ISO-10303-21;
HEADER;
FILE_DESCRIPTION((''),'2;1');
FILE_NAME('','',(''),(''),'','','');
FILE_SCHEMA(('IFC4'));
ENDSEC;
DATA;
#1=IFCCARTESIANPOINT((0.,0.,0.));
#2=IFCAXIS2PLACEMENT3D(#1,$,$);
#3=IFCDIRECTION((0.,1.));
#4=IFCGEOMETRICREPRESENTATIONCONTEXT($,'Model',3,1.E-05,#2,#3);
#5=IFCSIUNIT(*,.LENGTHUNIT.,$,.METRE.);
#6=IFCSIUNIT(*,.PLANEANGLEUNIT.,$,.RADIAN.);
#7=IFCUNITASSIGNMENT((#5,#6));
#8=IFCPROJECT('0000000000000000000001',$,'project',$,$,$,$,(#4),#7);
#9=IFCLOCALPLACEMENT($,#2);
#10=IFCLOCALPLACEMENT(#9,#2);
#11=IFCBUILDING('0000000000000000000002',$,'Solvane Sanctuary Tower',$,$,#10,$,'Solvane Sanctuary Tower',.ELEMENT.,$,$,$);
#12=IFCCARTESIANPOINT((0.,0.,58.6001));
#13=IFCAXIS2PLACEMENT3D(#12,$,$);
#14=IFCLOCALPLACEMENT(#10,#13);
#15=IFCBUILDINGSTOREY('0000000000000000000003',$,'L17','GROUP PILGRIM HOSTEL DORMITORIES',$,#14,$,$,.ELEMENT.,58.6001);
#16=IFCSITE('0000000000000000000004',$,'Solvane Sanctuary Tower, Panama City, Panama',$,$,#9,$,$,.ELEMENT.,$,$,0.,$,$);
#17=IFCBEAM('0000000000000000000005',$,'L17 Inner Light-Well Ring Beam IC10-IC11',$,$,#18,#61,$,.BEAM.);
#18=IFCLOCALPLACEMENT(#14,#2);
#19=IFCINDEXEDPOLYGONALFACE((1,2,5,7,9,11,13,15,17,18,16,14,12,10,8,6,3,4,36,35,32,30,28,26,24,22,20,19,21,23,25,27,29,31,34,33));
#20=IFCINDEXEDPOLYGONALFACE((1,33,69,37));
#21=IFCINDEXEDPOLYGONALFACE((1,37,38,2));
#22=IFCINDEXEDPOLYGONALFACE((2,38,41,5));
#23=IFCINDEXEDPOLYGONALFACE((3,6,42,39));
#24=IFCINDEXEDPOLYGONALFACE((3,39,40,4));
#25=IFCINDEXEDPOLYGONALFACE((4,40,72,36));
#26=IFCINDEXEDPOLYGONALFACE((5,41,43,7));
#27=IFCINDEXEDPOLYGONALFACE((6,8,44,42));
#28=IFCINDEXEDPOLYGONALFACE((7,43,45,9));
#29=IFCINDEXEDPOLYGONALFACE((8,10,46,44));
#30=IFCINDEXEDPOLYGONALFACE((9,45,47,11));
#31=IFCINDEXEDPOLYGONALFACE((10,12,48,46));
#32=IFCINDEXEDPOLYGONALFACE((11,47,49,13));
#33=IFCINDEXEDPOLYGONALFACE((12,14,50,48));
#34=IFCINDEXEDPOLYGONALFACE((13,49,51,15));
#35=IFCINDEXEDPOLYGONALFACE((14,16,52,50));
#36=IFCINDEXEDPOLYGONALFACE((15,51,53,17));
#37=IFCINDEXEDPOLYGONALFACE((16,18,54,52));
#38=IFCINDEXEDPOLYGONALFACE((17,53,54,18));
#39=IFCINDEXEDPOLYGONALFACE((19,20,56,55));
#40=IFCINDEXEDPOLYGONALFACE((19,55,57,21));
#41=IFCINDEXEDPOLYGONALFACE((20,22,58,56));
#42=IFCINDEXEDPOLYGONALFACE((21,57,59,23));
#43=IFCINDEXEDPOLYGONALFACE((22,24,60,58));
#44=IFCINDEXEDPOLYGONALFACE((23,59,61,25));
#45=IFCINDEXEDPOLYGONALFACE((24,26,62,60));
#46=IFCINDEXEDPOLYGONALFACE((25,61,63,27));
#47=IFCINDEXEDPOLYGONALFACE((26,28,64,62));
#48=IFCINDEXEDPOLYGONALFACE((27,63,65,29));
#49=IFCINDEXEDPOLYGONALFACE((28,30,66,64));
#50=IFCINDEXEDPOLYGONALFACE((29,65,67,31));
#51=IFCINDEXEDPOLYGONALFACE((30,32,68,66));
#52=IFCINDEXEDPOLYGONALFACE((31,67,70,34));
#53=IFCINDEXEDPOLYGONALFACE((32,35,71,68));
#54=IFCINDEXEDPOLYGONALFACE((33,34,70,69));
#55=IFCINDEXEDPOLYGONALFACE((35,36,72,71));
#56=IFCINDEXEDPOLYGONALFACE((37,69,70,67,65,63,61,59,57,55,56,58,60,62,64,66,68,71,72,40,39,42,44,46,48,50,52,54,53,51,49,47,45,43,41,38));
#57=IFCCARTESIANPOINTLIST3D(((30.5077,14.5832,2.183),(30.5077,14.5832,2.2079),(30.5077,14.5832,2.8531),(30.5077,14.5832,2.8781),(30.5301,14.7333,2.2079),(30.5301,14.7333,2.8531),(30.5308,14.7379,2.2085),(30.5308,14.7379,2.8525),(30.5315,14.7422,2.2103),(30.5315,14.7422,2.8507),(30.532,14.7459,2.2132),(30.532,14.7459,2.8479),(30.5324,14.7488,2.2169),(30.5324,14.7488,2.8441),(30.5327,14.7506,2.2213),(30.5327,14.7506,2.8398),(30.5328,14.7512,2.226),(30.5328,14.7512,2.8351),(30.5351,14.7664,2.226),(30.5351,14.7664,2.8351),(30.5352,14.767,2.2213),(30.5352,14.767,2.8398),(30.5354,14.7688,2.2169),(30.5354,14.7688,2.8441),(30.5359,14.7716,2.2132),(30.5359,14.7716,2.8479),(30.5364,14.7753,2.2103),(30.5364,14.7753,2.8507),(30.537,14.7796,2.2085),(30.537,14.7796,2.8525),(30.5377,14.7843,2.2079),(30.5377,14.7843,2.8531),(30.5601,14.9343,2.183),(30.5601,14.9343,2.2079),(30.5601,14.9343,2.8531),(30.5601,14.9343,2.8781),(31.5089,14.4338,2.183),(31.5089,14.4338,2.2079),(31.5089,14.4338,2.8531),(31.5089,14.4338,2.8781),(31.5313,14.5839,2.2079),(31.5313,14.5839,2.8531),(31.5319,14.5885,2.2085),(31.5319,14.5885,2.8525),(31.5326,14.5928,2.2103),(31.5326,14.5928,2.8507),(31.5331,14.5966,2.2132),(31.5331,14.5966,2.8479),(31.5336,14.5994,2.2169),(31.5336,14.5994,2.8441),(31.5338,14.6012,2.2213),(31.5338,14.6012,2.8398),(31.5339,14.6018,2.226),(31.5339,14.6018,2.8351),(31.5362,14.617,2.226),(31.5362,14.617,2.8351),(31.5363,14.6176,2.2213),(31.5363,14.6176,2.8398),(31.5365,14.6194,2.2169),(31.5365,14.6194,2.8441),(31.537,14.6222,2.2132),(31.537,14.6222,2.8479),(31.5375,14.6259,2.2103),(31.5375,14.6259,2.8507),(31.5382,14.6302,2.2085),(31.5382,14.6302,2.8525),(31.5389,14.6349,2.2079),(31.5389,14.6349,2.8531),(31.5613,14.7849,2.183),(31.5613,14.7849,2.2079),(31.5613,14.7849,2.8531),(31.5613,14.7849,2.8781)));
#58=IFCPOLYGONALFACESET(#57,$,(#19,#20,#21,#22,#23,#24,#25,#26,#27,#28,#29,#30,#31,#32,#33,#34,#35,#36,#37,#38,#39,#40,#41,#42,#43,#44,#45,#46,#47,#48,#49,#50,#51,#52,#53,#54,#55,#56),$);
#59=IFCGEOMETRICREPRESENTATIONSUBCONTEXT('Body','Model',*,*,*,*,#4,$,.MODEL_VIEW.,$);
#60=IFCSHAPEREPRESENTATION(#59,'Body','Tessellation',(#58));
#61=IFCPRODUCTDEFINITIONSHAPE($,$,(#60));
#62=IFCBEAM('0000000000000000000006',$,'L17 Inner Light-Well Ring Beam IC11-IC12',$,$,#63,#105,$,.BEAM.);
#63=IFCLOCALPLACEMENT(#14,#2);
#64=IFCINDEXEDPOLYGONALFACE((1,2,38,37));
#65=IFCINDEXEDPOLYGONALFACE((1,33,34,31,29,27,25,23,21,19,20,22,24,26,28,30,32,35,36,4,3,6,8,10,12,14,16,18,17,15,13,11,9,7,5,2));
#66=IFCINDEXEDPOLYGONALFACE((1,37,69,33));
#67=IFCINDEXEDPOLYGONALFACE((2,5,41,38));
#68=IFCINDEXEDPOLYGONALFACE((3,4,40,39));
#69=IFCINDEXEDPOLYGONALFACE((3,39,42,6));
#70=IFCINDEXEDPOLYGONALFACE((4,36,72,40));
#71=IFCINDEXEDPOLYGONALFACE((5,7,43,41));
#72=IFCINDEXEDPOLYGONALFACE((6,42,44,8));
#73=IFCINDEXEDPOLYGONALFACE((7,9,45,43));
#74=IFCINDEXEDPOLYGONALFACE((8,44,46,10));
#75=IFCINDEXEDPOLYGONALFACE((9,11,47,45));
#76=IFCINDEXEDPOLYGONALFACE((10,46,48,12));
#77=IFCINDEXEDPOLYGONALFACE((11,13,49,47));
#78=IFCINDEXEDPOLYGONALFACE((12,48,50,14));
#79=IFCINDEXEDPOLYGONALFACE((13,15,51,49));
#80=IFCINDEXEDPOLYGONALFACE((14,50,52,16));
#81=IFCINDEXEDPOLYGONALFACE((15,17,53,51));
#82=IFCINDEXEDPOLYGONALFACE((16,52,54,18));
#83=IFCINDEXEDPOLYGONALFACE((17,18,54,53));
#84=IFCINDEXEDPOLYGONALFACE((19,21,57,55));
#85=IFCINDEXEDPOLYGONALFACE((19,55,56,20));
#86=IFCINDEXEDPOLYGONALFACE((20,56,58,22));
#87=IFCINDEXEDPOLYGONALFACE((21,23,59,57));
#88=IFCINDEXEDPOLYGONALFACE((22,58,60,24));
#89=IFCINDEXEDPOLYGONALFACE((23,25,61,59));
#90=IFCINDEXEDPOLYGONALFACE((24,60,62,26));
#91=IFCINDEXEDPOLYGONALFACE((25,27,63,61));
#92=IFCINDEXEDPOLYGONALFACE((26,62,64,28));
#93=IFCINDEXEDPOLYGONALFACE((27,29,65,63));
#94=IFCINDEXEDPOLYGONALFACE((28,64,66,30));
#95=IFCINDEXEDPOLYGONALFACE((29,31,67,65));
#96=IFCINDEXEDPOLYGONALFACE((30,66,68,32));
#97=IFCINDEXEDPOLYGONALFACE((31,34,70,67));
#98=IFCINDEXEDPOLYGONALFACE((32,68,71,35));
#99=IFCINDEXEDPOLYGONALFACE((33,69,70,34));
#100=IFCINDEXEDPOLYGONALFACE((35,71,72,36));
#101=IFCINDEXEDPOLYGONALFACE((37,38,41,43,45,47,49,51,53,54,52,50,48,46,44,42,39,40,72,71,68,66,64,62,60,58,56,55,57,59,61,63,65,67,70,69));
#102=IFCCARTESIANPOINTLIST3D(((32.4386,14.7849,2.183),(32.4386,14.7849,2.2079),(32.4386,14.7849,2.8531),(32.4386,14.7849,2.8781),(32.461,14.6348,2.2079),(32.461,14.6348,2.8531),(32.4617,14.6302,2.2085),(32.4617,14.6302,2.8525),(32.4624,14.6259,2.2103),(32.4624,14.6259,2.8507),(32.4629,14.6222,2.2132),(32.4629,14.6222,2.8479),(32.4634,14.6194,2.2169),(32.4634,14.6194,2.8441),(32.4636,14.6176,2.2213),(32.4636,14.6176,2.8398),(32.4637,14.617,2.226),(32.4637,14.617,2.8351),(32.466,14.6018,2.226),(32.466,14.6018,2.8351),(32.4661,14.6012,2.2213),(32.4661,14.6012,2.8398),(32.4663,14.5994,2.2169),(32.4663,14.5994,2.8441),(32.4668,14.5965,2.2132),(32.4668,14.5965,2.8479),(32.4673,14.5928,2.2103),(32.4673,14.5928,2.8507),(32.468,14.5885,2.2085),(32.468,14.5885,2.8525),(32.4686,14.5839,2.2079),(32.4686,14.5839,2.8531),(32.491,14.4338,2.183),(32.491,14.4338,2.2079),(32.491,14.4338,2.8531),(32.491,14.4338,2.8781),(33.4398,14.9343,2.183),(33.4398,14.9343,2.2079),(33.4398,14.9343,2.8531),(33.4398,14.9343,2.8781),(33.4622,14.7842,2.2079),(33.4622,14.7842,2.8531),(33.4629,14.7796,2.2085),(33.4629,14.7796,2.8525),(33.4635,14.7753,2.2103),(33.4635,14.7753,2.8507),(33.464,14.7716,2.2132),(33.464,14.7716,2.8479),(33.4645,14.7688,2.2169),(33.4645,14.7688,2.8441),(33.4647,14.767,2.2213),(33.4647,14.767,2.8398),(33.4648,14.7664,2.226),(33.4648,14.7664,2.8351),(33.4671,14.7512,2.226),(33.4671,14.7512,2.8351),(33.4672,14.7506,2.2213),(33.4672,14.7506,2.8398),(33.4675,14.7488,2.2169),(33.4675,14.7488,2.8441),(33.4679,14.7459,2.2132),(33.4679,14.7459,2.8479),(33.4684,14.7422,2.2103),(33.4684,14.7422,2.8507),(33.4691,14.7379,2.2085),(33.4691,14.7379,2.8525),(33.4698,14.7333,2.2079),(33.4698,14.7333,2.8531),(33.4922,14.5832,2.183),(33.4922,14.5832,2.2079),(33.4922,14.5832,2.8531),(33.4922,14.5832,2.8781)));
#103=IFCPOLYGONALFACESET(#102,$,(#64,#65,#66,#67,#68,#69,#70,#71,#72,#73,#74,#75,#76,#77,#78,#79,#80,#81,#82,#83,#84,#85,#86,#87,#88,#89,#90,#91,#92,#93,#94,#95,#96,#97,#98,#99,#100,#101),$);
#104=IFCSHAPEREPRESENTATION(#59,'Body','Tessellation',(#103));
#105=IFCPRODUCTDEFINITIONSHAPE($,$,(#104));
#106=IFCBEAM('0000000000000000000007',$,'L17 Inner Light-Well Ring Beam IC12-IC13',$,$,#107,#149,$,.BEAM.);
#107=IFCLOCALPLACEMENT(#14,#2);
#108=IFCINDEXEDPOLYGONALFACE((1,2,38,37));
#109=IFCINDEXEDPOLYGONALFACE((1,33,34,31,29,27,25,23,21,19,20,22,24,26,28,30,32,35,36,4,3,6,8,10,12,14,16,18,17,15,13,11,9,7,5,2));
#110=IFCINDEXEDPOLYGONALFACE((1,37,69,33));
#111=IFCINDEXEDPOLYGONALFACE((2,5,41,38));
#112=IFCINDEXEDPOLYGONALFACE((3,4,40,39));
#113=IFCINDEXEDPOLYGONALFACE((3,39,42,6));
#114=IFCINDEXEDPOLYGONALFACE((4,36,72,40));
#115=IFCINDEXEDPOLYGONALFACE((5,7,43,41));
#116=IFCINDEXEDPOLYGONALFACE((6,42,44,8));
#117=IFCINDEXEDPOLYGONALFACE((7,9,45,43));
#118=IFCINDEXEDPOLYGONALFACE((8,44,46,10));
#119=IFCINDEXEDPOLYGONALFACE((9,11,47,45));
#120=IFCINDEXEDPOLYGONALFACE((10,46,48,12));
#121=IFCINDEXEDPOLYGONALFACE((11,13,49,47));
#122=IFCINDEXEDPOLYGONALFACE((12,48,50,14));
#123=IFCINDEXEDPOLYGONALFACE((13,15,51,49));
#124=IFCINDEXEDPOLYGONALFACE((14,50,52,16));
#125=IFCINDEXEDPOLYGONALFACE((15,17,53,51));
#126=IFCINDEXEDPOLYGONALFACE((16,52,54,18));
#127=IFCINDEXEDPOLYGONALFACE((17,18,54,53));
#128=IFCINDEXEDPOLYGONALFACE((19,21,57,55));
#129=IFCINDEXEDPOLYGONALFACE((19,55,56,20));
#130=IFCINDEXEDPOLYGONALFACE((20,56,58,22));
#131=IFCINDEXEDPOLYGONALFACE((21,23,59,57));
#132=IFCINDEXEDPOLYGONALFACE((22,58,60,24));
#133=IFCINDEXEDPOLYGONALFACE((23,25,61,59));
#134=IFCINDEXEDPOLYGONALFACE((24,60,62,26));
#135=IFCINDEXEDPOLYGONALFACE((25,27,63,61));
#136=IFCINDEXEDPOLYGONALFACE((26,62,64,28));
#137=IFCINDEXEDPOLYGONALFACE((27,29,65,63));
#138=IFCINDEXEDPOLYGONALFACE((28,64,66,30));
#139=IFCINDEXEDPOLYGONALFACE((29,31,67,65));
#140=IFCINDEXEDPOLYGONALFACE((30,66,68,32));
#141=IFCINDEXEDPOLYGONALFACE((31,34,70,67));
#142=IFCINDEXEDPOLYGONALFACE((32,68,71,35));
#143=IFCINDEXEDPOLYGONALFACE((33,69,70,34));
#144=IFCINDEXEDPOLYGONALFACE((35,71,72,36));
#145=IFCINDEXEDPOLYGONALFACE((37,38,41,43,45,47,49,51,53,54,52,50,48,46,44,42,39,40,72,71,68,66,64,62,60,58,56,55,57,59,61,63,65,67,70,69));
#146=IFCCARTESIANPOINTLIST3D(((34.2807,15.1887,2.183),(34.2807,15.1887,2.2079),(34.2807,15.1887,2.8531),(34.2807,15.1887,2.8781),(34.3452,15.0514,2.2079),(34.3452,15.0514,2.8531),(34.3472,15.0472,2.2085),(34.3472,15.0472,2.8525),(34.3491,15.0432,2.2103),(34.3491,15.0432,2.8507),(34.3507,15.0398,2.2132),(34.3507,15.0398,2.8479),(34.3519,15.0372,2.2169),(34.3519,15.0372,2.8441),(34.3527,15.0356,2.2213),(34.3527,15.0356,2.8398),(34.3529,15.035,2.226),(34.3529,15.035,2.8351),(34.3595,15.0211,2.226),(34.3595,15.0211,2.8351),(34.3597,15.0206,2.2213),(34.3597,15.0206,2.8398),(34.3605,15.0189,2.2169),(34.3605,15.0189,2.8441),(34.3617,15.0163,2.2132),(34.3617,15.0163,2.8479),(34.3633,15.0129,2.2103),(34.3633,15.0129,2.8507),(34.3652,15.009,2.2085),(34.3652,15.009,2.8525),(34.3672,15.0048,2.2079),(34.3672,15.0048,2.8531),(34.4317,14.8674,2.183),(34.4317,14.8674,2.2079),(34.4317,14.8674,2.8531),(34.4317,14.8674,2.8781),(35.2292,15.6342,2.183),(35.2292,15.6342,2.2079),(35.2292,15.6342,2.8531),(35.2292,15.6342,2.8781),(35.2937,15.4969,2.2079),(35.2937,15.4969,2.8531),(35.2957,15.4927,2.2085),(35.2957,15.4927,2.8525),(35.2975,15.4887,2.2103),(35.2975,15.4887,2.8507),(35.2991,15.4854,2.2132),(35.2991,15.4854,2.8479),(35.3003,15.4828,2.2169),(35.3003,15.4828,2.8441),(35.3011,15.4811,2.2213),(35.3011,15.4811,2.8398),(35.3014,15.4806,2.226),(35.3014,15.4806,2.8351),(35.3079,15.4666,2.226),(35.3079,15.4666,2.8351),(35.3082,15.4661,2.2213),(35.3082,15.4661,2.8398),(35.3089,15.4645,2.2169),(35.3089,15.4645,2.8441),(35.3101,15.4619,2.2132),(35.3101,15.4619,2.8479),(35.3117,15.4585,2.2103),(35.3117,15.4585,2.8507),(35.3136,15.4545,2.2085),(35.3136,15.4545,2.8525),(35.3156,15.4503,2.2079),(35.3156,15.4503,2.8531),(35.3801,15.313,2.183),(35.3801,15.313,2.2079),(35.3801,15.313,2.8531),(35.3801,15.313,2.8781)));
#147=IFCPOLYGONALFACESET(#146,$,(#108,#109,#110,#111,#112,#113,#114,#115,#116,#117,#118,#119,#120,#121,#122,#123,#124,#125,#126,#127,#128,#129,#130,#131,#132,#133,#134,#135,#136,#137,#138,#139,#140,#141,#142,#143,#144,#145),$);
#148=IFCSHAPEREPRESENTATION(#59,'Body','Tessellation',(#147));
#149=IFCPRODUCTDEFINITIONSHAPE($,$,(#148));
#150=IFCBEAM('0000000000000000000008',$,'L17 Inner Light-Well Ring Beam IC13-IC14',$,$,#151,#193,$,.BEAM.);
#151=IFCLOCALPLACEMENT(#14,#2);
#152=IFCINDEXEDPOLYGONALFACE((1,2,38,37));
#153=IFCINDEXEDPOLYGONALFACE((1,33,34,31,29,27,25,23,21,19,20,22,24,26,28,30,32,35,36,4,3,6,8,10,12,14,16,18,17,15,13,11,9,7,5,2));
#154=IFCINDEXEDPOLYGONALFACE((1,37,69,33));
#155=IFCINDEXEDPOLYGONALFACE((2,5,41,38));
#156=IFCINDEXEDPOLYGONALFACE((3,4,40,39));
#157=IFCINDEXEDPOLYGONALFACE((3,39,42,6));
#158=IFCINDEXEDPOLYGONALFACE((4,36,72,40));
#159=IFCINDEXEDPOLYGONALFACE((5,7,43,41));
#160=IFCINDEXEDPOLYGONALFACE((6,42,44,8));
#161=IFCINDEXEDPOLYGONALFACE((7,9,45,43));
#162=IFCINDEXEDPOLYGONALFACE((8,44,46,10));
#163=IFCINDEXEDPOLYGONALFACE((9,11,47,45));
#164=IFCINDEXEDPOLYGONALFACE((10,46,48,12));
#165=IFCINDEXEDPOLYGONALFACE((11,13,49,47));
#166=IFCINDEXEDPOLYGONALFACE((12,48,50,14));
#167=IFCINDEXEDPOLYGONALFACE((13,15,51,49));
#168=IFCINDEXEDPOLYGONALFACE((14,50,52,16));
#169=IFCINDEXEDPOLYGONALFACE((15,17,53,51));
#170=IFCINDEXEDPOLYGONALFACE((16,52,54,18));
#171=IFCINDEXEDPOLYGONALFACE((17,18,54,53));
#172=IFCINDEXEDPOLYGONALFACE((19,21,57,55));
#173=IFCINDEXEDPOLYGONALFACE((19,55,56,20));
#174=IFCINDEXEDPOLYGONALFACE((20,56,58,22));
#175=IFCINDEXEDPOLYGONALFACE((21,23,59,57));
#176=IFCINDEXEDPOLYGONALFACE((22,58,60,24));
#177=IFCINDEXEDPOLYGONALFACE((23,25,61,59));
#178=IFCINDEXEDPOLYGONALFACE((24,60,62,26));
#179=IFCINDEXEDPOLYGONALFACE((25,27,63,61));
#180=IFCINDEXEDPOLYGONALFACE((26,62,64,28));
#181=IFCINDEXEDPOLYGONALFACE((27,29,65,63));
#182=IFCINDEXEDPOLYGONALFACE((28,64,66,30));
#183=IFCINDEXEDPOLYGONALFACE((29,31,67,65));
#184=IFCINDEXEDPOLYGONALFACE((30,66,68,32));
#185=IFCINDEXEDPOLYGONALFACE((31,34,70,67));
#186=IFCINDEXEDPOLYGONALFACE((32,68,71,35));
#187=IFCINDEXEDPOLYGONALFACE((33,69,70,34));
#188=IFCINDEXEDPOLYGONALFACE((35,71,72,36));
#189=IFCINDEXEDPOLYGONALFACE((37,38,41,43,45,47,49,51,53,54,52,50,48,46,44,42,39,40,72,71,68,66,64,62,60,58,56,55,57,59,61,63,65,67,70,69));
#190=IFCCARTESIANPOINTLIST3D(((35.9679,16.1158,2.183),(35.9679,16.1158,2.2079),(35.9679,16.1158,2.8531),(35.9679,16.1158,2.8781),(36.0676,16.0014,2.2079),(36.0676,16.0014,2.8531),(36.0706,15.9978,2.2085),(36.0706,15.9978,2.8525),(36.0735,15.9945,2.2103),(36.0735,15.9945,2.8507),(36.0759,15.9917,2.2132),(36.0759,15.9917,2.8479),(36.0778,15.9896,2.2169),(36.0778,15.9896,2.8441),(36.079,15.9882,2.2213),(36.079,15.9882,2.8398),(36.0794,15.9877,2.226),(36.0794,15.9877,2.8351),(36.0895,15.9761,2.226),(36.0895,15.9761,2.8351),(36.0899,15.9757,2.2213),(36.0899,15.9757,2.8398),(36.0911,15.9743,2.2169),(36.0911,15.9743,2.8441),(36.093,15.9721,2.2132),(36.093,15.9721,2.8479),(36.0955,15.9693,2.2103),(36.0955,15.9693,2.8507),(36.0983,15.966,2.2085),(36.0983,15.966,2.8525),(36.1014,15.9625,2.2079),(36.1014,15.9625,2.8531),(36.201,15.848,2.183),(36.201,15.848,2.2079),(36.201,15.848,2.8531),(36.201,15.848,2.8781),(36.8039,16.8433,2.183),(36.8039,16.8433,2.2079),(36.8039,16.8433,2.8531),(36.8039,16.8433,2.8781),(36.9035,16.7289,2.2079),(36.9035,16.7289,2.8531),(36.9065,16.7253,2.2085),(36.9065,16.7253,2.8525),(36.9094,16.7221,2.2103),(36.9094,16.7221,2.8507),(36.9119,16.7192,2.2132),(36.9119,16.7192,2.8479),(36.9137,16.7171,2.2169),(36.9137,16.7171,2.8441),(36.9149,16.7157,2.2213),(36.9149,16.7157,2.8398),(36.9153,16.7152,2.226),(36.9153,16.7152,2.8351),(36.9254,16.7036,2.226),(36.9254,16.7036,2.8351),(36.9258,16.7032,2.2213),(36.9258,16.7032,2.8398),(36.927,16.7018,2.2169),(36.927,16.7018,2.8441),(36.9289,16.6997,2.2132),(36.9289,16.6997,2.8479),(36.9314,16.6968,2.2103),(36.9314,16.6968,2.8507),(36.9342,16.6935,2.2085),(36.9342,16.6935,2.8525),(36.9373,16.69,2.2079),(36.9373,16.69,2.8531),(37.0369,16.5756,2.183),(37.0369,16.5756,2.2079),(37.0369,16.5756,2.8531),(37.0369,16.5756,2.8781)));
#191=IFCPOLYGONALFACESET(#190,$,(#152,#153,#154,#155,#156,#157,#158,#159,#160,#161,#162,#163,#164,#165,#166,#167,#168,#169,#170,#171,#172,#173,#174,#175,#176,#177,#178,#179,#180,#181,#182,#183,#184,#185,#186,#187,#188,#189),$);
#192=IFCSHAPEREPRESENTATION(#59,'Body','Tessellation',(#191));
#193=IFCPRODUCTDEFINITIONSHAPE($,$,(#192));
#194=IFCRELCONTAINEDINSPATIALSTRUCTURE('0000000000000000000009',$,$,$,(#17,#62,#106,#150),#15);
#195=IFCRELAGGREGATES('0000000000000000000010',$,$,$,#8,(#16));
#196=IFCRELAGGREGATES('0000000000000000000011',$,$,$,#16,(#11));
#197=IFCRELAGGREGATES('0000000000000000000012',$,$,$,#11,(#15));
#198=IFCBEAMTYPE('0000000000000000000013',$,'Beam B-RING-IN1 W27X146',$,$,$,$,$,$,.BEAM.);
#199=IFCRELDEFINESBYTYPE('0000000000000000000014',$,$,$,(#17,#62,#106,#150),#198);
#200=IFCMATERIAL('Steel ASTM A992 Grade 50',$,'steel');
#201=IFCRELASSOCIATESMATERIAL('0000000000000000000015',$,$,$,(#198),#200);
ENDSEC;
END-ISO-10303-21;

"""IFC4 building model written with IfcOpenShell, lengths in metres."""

from ifc_helpers import new_model, si_unit, direction, frame, origin, origin_2d, place, context, subcontext, project, spatial, i_section, extrude, material, material_profile, profile_set, type_object, element, save


model = new_model("IFC4")

# Units and contexts
model_context = context("Model", 3, precision=1e-05, world=origin(), true_north=direction((0.0, 1.0)))
body_context = subcontext(model_context, "Body", "Model", "MODEL_VIEW")
ifc_project = project(units=[si_unit("LENGTHUNIT", "METRE"), si_unit("PLANEANGLEUNIT", "RADIAN")], contexts=[model_context])

# Site, building, storey
site_placement = place(None, origin())
site = spatial("IfcSite", under=ifc_project, at=site_placement, Name="Solvane Sanctuary Tower, Panama City, Panama", CompositionType="ELEMENT", RefElevation=0.0)
building_placement = place(site_placement, origin())
building = spatial("IfcBuilding", under=site, at=building_placement, Name="Solvane Sanctuary Tower", LongName="Solvane Sanctuary Tower", CompositionType="ELEMENT")
storey_placement = place(building_placement, frame((0.0, 0.0, 58.6001)))
storey = spatial("IfcBuildingStorey", under=building, at=storey_placement, Name="L17", Description="GROUP PILGRIM HOSTEL DORMITORIES", CompositionType="ELEMENT", Elevation=58.6001)

# Beams
ifc_material_1 = material(Name="Steel ASTM A992 Grade 50", Category="steel")
ifc_material_profile_1 = material_profile(ifc_material_1, i_section(OverallWidth=0.355, OverallDepth=0.6951, WebThickness=0.0154, FlangeThickness=0.0249, FilletRadius=0.0181, at=origin_2d()), Name="W27X146")
ifc_profile_set_1 = profile_set([ifc_material_profile_1], Name="Steel ASTM A992 Grade 50")
beam_type_1 = type_object("IfcBeamType", Name="Beam B-RING-IN1 W27X146", PredefinedType="BEAM", material=ifc_profile_set_1)
for number, where, z_axis, x_axis, name in (
    (1, (30.5339, 14.7588, 2.5305), (0.989048, -0.147597, 0.0), (0.147597, 0.989048, 0.0), "L17 Inner Light-Well Ring Beam IC10-IC11"),
    (2, (32.4648, 14.6094, 2.5305), (0.989048, 0.147597, 0.0), (-0.147597, 0.989048, 0.0), "L17 Inner Light-Well Ring Beam IC11-IC12"),
):
    element("IfcBeam", number, at=place(storey_placement, frame(where, z_axis=z_axis, x_axis=x_axis)), inside=storey, type_object=beam_type_1, Name=name, PredefinedType="BEAM", context=body_context, shape_type="SweptSolid", body=[
        extrude(i_section(OverallWidth=0.355, OverallDepth=0.6951, WebThickness=0.0154, FlangeThickness=0.0249, FilletRadius=0.0181, at=origin_2d()), origin(), (0.0, 0.0, 1.0), 1.0122),
    ])
beam_1_placement = place(storey_placement, frame((34.3562, 15.0281, 2.5305), z_axis=(0.905109, 0.42518, 0.0), x_axis=(-0.42518, 0.905109, 0.0)))
element("IfcBeam", 3, at=beam_1_placement, inside=storey, type_object=beam_type_1, Name="L17 Inner Light-Well Ring Beam IC12-IC13", PredefinedType="BEAM", context=body_context, shape_type="SweptSolid", body=[
    extrude(i_section(OverallWidth=0.355, OverallDepth=0.6951, WebThickness=0.0154, FlangeThickness=0.0249, FilletRadius=0.0181, at=origin_2d()), origin(), (0.0, 0.0, 1.0), 1.0479),
])
beam_2_placement = place(storey_placement, frame((36.0845, 15.9819, 2.5305), z_axis=(0.754321, 0.656506, 0.0), x_axis=(-0.656506, 0.754321, 0.0)))
element("IfcBeam", 4, at=beam_2_placement, inside=storey, type_object=beam_type_1, Name="L17 Inner Light-Well Ring Beam IC13-IC14", PredefinedType="BEAM", context=body_context, shape_type="SweptSolid", body=[
    extrude(i_section(OverallWidth=0.355, OverallDepth=0.6951, WebThickness=0.0154, FlangeThickness=0.0249, FilletRadius=0.0181, at=origin_2d()), origin(), (0.0, 0.0, 1.0), 1.1082),
])

save(model, "model.ifc")
